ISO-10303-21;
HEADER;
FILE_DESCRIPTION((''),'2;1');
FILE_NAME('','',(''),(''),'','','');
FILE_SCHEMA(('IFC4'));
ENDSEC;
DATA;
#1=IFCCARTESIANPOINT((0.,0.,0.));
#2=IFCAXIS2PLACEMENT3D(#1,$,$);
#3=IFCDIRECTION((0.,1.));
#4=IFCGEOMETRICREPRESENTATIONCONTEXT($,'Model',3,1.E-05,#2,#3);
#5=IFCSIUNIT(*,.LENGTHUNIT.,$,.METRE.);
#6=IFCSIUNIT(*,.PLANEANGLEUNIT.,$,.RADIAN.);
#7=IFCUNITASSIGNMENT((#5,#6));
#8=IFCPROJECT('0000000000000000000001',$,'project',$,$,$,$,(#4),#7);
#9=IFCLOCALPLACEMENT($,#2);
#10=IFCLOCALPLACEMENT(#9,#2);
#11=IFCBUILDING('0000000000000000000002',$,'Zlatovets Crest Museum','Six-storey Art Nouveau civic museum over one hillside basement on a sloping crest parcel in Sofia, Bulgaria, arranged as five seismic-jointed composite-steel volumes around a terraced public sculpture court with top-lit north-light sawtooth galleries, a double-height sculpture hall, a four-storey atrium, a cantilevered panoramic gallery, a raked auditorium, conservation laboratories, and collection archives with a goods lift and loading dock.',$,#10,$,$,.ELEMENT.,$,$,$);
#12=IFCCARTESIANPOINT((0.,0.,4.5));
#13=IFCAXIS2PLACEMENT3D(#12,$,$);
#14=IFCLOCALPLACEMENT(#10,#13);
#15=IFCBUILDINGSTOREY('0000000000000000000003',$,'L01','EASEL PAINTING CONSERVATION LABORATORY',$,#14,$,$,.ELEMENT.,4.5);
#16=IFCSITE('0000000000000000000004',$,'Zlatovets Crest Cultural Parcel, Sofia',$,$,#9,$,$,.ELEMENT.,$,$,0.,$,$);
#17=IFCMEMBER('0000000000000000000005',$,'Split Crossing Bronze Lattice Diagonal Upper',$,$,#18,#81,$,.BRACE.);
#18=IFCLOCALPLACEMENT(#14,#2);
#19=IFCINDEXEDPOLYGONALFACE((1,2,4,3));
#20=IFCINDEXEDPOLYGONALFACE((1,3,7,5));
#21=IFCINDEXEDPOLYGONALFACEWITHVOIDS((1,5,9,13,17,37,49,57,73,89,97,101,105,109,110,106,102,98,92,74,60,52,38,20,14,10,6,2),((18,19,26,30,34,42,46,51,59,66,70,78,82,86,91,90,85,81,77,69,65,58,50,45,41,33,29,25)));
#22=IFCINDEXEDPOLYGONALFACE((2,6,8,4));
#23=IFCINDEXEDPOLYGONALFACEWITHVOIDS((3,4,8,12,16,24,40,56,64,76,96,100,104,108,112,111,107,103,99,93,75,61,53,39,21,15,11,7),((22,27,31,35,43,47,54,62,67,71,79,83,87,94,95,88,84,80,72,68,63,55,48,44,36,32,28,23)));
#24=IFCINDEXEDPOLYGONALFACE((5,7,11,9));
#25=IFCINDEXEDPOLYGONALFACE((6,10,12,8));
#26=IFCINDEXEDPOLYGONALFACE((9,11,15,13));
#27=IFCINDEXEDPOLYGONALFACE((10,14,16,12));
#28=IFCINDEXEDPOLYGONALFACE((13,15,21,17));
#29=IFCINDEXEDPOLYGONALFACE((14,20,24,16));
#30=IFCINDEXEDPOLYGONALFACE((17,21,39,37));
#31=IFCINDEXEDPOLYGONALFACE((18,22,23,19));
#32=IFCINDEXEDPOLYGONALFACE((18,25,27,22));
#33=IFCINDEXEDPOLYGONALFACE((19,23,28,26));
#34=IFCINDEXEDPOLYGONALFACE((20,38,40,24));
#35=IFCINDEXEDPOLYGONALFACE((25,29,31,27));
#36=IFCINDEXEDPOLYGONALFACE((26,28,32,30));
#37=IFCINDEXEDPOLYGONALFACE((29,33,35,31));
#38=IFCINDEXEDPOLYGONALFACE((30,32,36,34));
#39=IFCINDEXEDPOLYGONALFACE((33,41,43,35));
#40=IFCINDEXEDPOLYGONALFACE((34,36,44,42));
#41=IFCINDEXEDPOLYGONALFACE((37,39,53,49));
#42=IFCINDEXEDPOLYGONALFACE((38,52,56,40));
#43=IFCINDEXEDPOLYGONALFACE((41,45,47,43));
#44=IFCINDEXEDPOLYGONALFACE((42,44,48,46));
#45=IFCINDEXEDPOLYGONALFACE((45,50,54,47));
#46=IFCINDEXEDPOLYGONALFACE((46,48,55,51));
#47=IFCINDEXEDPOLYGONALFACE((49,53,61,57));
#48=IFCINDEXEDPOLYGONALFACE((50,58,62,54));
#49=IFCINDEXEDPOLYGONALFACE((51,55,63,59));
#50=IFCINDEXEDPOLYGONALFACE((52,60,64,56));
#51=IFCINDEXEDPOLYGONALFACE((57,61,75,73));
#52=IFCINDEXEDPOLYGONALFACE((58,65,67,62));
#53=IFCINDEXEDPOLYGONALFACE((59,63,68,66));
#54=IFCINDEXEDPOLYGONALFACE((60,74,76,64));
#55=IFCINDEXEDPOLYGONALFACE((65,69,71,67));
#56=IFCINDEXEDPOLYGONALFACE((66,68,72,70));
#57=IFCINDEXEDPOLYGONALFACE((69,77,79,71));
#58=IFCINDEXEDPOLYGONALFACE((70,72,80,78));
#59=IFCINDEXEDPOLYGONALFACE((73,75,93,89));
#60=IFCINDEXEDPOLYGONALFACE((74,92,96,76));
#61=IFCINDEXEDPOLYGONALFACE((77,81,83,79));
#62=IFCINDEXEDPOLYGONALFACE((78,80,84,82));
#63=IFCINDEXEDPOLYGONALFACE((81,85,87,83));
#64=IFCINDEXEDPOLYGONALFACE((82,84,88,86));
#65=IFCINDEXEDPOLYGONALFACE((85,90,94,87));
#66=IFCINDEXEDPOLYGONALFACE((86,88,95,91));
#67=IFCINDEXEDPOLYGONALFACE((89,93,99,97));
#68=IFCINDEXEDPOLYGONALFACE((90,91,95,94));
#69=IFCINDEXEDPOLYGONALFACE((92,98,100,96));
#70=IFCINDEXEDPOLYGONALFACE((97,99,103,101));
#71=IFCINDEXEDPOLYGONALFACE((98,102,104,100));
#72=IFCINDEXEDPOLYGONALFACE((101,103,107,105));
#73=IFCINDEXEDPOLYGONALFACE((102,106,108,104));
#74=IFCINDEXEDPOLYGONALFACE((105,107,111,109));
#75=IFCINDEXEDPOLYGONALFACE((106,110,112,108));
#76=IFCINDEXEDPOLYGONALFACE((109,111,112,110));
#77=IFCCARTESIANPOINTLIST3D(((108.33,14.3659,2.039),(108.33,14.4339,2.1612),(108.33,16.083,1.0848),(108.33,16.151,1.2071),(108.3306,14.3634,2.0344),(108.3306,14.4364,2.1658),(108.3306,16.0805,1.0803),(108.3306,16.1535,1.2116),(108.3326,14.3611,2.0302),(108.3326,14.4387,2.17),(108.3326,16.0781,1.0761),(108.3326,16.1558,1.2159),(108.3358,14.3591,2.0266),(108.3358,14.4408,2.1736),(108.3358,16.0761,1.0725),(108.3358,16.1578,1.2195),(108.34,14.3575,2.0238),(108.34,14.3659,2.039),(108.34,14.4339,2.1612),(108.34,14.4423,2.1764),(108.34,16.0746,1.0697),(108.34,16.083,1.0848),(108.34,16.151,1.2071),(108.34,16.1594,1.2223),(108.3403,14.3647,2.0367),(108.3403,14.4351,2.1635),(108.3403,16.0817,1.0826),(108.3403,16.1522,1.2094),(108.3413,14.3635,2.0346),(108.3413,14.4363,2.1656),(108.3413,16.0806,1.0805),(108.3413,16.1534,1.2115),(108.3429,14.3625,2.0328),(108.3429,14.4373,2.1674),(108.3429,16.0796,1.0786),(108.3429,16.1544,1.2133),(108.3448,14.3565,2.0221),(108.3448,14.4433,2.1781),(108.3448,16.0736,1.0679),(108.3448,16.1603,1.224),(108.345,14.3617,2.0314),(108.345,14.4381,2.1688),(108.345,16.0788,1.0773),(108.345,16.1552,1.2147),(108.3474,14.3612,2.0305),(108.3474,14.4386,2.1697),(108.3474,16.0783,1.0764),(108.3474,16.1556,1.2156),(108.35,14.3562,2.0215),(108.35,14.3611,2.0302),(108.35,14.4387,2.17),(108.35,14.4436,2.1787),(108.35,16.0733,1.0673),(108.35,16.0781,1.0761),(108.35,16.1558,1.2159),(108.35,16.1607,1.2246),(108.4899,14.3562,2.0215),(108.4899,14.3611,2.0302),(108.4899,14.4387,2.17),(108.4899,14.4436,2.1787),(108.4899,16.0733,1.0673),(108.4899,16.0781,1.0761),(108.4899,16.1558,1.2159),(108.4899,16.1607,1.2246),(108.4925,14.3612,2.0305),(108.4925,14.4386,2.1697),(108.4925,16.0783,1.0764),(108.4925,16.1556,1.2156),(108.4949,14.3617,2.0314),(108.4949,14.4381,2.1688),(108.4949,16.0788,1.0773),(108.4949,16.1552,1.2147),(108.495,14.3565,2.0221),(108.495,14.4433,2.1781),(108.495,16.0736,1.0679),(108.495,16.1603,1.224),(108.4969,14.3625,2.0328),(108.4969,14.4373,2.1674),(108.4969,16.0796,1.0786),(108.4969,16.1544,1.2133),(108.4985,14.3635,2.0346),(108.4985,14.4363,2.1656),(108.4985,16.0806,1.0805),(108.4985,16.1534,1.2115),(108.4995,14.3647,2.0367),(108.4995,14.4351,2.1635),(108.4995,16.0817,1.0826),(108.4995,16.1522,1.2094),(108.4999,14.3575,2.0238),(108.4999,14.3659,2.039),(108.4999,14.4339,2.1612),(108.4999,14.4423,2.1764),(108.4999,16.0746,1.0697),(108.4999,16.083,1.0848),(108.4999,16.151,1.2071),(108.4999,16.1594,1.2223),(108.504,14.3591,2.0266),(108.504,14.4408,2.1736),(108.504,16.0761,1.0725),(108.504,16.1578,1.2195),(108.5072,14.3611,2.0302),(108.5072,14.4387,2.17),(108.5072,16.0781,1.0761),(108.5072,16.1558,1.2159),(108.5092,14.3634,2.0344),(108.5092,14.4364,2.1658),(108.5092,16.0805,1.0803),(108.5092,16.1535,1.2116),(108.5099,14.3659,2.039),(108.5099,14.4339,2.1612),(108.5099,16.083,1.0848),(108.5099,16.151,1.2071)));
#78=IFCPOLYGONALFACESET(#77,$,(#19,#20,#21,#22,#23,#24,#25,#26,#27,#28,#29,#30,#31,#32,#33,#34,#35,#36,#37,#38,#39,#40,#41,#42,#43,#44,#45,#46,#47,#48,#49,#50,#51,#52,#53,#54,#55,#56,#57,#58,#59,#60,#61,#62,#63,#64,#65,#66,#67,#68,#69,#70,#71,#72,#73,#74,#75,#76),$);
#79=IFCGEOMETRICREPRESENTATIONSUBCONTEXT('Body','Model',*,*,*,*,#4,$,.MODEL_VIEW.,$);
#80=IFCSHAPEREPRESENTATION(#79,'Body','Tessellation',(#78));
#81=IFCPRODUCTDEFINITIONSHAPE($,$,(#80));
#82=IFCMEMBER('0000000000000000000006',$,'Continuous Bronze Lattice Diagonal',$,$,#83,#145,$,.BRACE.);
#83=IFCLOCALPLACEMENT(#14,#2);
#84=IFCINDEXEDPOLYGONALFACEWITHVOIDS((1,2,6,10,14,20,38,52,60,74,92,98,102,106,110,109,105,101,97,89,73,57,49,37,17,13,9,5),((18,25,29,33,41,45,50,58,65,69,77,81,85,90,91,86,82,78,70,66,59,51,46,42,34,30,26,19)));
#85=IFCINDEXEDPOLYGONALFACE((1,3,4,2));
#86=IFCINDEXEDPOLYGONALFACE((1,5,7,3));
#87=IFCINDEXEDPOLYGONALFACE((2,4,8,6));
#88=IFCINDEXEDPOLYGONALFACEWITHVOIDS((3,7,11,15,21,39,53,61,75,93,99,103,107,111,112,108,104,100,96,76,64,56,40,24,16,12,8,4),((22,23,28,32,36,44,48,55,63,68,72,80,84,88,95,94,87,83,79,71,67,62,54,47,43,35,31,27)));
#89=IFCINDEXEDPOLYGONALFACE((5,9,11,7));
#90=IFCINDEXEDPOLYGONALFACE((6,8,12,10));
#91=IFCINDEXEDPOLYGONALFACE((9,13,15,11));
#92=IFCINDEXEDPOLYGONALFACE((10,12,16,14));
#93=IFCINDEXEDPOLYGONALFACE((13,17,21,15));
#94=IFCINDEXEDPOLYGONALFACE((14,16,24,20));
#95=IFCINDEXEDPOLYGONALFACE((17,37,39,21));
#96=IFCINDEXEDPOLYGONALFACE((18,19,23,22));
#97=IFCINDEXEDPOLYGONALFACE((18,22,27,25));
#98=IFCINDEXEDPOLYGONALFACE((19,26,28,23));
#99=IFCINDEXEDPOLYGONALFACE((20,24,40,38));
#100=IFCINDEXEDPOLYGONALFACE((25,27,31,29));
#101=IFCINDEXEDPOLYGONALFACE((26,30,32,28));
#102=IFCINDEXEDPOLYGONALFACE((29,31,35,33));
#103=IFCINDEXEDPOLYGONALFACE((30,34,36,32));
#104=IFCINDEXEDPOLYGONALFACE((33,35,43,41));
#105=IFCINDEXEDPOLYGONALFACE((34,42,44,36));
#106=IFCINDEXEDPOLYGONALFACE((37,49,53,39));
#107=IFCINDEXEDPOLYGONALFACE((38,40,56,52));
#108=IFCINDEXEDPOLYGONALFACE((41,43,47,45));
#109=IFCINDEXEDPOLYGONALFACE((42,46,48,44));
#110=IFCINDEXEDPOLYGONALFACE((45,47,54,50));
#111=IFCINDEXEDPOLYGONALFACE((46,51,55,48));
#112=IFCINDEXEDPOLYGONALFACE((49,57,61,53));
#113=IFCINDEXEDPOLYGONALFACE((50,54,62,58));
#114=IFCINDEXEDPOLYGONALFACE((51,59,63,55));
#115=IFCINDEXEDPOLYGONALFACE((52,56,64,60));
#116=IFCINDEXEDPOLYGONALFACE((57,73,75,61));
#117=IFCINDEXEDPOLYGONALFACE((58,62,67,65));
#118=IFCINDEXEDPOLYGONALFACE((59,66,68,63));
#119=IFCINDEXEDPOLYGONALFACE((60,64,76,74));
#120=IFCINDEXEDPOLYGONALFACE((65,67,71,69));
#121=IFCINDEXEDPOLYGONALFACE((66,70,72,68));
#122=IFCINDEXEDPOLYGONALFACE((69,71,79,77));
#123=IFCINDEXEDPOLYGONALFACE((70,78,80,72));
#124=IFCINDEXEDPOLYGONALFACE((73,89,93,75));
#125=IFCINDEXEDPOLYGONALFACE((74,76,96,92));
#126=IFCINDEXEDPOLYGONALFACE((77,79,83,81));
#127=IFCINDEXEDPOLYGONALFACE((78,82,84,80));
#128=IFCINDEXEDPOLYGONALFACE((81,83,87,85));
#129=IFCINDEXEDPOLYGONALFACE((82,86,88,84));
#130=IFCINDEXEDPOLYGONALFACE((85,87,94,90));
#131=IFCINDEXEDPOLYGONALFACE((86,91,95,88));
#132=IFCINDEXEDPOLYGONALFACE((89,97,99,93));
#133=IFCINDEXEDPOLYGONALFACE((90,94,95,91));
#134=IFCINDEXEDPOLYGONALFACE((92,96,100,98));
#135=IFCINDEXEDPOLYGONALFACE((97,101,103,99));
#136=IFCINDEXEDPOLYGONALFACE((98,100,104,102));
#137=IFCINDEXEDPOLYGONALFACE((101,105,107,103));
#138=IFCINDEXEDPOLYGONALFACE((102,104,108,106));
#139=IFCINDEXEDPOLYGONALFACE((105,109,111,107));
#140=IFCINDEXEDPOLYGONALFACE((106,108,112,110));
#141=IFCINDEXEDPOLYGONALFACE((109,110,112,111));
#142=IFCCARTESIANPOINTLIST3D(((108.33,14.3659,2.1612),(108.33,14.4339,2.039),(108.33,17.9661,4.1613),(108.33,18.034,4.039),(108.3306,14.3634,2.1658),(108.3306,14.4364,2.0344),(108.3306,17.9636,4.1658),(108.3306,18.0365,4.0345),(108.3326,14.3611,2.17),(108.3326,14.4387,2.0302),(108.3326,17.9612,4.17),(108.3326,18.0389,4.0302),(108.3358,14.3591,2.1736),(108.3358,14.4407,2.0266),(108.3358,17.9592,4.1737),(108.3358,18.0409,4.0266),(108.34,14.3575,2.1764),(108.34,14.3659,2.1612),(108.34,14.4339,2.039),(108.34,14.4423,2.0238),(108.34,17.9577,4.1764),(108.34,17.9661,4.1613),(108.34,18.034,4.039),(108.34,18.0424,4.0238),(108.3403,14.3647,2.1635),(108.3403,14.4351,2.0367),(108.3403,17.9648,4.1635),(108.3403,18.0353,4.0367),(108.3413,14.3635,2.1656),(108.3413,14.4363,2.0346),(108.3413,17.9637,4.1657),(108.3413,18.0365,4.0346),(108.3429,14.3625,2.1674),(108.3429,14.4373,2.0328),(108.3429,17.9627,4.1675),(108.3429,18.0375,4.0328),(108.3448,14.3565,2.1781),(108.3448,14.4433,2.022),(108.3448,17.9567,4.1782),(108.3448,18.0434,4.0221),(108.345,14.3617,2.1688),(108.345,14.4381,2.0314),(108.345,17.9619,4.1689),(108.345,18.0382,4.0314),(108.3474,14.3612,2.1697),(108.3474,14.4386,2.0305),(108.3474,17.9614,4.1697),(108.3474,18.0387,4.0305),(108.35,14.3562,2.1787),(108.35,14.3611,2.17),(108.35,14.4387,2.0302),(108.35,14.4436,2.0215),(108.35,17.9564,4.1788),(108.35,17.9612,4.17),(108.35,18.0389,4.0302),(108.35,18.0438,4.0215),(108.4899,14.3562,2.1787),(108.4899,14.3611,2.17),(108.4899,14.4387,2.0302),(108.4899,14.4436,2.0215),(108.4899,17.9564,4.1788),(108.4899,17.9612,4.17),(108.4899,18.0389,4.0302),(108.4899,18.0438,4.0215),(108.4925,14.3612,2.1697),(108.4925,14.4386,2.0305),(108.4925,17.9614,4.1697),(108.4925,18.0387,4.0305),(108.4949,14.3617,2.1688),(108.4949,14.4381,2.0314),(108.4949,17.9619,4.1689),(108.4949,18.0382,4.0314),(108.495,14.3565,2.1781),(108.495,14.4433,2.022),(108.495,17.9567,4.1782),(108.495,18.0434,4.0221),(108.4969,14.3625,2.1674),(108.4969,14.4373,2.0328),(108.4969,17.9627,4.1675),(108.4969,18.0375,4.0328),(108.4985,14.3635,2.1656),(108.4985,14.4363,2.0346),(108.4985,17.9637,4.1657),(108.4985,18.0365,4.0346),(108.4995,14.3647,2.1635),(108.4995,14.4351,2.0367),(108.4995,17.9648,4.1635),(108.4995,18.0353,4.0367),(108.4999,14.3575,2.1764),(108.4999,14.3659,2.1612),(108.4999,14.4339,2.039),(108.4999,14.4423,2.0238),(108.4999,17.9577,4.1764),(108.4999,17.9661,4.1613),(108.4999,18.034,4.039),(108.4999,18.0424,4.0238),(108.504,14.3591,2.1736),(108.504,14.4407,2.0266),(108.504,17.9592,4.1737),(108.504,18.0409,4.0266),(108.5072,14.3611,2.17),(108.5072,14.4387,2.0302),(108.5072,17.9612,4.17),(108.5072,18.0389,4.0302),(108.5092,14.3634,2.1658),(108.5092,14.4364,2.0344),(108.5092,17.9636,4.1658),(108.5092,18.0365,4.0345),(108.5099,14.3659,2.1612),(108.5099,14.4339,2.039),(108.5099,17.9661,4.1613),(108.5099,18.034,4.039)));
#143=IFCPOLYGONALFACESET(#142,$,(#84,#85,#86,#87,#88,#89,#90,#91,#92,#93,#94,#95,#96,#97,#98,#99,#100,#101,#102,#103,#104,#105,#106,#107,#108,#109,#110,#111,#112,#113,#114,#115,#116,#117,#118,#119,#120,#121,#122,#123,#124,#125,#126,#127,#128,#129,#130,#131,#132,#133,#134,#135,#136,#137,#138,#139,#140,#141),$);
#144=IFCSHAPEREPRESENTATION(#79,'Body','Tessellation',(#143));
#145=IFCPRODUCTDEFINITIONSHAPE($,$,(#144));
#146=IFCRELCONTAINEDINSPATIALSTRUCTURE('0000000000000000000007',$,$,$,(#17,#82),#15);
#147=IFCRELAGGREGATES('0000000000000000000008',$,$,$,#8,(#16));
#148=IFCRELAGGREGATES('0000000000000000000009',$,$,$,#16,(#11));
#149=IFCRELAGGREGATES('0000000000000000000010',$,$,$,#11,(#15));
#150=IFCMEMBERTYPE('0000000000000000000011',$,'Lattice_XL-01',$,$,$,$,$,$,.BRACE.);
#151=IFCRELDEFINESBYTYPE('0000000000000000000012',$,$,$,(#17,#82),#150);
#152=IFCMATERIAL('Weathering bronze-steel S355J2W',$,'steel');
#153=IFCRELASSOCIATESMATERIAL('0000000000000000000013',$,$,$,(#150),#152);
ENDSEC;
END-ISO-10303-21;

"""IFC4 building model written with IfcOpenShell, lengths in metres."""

from ifc_helpers import new_model, si_unit, direction, frame, origin, origin_2d, place, context, subcontext, project, spatial, hollow_rectangle, extrude, material, material_profile, profile_set, type_object, element, save


model = new_model("IFC4")

# Units and contexts
model_context = context("Model", 3, precision=1e-05, world=origin(), true_north=direction((0.0, 1.0)))
body_context = subcontext(model_context, "Body", "Model", "MODEL_VIEW")
ifc_project = project(units=[si_unit("LENGTHUNIT", "METRE"), si_unit("PLANEANGLEUNIT", "RADIAN")], contexts=[model_context])

# Site, building, storey
site_placement = place(None, origin())
site = spatial("IfcSite", under=ifc_project, at=site_placement, Name="Zlatovets Crest Cultural Parcel, Sofia", CompositionType="ELEMENT", RefElevation=0.0)
building_placement = place(site_placement, origin())
building = spatial("IfcBuilding", under=site, at=building_placement, Name="Zlatovets Crest Museum", Description="Six-storey Art Nouveau civic museum over one hillside basement on a sloping crest parcel in Sofia, Bulgaria, arranged as five seismic-jointed composite-steel volumes around a terraced public sculpture court with top-lit north-light sawtooth galleries, a double-height sculpture hall, a four-storey atrium, a cantilevered panoramic gallery, a raked auditorium, conservation laboratories, and collection archives with a goods lift and loading dock.", CompositionType="ELEMENT")
storey_placement = place(building_placement, frame((0.0, 0.0, 4.5)))
storey = spatial("IfcBuildingStorey", under=building, at=storey_placement, Name="L01", Description="EASEL PAINTING CONSERVATION LABORATORY", CompositionType="ELEMENT", Elevation=4.5)

# Members
ifc_material_1 = material(Name="Weathering bronze-steel S355J2W", Category="steel")
ifc_material_profile_1 = material_profile(ifc_material_1, hollow_rectangle(XDim=0.1799, YDim=0.1799, WallThickness=0.01, InnerFilletRadius=0.01, OuterFilletRadius=0.02, at=origin_2d()), Name="SHS 180x180x10.0")
ifc_profile_set_1 = profile_set([ifc_material_profile_1], Name="Weathering bronze-steel S355J2W")
member_type_1 = type_object("IfcMemberType", Name="Lattice_XL-01", PredefinedType="BRACE", material=ifc_profile_set_1)
member_1_placement = place(storey_placement, frame((108.4199, 14.3999, 2.1001), z_axis=(0.0, 0.874116, -0.485717), x_axis=(-1.0, 0.0, 0.0)))
element("IfcMember", 1, at=member_1_placement, inside=storey, type_object=member_type_1, Name="Split Crossing Bronze Lattice Diagonal Upper", PredefinedType="BRACE", context=body_context, shape_type="SweptSolid", body=[
    extrude(hollow_rectangle(XDim=0.1799, YDim=0.1799, WallThickness=0.01, InnerFilletRadius=0.01, OuterFilletRadius=0.02, at=origin_2d()), origin(), (0.0, 0.0, 1.0), 1.9644),
])
member_2_placement = place(storey_placement, frame((108.4199, 14.3999, 2.1001), z_axis=(0.0, 0.874163, 0.485633), x_axis=(-1.0, 0.0, 0.0)))
element("IfcMember", 2, at=member_2_placement, inside=storey, type_object=member_type_1, Name="Continuous Bronze Lattice Diagonal", PredefinedType="BRACE", context=body_context, shape_type="SweptSolid", body=[
    extrude(hollow_rectangle(XDim=0.1799, YDim=0.1799, WallThickness=0.01, InnerFilletRadius=0.01, OuterFilletRadius=0.02, at=origin_2d()), origin(), (0.0, 0.0, 1.0), 4.1184),
])

save(model, "model.ifc")
